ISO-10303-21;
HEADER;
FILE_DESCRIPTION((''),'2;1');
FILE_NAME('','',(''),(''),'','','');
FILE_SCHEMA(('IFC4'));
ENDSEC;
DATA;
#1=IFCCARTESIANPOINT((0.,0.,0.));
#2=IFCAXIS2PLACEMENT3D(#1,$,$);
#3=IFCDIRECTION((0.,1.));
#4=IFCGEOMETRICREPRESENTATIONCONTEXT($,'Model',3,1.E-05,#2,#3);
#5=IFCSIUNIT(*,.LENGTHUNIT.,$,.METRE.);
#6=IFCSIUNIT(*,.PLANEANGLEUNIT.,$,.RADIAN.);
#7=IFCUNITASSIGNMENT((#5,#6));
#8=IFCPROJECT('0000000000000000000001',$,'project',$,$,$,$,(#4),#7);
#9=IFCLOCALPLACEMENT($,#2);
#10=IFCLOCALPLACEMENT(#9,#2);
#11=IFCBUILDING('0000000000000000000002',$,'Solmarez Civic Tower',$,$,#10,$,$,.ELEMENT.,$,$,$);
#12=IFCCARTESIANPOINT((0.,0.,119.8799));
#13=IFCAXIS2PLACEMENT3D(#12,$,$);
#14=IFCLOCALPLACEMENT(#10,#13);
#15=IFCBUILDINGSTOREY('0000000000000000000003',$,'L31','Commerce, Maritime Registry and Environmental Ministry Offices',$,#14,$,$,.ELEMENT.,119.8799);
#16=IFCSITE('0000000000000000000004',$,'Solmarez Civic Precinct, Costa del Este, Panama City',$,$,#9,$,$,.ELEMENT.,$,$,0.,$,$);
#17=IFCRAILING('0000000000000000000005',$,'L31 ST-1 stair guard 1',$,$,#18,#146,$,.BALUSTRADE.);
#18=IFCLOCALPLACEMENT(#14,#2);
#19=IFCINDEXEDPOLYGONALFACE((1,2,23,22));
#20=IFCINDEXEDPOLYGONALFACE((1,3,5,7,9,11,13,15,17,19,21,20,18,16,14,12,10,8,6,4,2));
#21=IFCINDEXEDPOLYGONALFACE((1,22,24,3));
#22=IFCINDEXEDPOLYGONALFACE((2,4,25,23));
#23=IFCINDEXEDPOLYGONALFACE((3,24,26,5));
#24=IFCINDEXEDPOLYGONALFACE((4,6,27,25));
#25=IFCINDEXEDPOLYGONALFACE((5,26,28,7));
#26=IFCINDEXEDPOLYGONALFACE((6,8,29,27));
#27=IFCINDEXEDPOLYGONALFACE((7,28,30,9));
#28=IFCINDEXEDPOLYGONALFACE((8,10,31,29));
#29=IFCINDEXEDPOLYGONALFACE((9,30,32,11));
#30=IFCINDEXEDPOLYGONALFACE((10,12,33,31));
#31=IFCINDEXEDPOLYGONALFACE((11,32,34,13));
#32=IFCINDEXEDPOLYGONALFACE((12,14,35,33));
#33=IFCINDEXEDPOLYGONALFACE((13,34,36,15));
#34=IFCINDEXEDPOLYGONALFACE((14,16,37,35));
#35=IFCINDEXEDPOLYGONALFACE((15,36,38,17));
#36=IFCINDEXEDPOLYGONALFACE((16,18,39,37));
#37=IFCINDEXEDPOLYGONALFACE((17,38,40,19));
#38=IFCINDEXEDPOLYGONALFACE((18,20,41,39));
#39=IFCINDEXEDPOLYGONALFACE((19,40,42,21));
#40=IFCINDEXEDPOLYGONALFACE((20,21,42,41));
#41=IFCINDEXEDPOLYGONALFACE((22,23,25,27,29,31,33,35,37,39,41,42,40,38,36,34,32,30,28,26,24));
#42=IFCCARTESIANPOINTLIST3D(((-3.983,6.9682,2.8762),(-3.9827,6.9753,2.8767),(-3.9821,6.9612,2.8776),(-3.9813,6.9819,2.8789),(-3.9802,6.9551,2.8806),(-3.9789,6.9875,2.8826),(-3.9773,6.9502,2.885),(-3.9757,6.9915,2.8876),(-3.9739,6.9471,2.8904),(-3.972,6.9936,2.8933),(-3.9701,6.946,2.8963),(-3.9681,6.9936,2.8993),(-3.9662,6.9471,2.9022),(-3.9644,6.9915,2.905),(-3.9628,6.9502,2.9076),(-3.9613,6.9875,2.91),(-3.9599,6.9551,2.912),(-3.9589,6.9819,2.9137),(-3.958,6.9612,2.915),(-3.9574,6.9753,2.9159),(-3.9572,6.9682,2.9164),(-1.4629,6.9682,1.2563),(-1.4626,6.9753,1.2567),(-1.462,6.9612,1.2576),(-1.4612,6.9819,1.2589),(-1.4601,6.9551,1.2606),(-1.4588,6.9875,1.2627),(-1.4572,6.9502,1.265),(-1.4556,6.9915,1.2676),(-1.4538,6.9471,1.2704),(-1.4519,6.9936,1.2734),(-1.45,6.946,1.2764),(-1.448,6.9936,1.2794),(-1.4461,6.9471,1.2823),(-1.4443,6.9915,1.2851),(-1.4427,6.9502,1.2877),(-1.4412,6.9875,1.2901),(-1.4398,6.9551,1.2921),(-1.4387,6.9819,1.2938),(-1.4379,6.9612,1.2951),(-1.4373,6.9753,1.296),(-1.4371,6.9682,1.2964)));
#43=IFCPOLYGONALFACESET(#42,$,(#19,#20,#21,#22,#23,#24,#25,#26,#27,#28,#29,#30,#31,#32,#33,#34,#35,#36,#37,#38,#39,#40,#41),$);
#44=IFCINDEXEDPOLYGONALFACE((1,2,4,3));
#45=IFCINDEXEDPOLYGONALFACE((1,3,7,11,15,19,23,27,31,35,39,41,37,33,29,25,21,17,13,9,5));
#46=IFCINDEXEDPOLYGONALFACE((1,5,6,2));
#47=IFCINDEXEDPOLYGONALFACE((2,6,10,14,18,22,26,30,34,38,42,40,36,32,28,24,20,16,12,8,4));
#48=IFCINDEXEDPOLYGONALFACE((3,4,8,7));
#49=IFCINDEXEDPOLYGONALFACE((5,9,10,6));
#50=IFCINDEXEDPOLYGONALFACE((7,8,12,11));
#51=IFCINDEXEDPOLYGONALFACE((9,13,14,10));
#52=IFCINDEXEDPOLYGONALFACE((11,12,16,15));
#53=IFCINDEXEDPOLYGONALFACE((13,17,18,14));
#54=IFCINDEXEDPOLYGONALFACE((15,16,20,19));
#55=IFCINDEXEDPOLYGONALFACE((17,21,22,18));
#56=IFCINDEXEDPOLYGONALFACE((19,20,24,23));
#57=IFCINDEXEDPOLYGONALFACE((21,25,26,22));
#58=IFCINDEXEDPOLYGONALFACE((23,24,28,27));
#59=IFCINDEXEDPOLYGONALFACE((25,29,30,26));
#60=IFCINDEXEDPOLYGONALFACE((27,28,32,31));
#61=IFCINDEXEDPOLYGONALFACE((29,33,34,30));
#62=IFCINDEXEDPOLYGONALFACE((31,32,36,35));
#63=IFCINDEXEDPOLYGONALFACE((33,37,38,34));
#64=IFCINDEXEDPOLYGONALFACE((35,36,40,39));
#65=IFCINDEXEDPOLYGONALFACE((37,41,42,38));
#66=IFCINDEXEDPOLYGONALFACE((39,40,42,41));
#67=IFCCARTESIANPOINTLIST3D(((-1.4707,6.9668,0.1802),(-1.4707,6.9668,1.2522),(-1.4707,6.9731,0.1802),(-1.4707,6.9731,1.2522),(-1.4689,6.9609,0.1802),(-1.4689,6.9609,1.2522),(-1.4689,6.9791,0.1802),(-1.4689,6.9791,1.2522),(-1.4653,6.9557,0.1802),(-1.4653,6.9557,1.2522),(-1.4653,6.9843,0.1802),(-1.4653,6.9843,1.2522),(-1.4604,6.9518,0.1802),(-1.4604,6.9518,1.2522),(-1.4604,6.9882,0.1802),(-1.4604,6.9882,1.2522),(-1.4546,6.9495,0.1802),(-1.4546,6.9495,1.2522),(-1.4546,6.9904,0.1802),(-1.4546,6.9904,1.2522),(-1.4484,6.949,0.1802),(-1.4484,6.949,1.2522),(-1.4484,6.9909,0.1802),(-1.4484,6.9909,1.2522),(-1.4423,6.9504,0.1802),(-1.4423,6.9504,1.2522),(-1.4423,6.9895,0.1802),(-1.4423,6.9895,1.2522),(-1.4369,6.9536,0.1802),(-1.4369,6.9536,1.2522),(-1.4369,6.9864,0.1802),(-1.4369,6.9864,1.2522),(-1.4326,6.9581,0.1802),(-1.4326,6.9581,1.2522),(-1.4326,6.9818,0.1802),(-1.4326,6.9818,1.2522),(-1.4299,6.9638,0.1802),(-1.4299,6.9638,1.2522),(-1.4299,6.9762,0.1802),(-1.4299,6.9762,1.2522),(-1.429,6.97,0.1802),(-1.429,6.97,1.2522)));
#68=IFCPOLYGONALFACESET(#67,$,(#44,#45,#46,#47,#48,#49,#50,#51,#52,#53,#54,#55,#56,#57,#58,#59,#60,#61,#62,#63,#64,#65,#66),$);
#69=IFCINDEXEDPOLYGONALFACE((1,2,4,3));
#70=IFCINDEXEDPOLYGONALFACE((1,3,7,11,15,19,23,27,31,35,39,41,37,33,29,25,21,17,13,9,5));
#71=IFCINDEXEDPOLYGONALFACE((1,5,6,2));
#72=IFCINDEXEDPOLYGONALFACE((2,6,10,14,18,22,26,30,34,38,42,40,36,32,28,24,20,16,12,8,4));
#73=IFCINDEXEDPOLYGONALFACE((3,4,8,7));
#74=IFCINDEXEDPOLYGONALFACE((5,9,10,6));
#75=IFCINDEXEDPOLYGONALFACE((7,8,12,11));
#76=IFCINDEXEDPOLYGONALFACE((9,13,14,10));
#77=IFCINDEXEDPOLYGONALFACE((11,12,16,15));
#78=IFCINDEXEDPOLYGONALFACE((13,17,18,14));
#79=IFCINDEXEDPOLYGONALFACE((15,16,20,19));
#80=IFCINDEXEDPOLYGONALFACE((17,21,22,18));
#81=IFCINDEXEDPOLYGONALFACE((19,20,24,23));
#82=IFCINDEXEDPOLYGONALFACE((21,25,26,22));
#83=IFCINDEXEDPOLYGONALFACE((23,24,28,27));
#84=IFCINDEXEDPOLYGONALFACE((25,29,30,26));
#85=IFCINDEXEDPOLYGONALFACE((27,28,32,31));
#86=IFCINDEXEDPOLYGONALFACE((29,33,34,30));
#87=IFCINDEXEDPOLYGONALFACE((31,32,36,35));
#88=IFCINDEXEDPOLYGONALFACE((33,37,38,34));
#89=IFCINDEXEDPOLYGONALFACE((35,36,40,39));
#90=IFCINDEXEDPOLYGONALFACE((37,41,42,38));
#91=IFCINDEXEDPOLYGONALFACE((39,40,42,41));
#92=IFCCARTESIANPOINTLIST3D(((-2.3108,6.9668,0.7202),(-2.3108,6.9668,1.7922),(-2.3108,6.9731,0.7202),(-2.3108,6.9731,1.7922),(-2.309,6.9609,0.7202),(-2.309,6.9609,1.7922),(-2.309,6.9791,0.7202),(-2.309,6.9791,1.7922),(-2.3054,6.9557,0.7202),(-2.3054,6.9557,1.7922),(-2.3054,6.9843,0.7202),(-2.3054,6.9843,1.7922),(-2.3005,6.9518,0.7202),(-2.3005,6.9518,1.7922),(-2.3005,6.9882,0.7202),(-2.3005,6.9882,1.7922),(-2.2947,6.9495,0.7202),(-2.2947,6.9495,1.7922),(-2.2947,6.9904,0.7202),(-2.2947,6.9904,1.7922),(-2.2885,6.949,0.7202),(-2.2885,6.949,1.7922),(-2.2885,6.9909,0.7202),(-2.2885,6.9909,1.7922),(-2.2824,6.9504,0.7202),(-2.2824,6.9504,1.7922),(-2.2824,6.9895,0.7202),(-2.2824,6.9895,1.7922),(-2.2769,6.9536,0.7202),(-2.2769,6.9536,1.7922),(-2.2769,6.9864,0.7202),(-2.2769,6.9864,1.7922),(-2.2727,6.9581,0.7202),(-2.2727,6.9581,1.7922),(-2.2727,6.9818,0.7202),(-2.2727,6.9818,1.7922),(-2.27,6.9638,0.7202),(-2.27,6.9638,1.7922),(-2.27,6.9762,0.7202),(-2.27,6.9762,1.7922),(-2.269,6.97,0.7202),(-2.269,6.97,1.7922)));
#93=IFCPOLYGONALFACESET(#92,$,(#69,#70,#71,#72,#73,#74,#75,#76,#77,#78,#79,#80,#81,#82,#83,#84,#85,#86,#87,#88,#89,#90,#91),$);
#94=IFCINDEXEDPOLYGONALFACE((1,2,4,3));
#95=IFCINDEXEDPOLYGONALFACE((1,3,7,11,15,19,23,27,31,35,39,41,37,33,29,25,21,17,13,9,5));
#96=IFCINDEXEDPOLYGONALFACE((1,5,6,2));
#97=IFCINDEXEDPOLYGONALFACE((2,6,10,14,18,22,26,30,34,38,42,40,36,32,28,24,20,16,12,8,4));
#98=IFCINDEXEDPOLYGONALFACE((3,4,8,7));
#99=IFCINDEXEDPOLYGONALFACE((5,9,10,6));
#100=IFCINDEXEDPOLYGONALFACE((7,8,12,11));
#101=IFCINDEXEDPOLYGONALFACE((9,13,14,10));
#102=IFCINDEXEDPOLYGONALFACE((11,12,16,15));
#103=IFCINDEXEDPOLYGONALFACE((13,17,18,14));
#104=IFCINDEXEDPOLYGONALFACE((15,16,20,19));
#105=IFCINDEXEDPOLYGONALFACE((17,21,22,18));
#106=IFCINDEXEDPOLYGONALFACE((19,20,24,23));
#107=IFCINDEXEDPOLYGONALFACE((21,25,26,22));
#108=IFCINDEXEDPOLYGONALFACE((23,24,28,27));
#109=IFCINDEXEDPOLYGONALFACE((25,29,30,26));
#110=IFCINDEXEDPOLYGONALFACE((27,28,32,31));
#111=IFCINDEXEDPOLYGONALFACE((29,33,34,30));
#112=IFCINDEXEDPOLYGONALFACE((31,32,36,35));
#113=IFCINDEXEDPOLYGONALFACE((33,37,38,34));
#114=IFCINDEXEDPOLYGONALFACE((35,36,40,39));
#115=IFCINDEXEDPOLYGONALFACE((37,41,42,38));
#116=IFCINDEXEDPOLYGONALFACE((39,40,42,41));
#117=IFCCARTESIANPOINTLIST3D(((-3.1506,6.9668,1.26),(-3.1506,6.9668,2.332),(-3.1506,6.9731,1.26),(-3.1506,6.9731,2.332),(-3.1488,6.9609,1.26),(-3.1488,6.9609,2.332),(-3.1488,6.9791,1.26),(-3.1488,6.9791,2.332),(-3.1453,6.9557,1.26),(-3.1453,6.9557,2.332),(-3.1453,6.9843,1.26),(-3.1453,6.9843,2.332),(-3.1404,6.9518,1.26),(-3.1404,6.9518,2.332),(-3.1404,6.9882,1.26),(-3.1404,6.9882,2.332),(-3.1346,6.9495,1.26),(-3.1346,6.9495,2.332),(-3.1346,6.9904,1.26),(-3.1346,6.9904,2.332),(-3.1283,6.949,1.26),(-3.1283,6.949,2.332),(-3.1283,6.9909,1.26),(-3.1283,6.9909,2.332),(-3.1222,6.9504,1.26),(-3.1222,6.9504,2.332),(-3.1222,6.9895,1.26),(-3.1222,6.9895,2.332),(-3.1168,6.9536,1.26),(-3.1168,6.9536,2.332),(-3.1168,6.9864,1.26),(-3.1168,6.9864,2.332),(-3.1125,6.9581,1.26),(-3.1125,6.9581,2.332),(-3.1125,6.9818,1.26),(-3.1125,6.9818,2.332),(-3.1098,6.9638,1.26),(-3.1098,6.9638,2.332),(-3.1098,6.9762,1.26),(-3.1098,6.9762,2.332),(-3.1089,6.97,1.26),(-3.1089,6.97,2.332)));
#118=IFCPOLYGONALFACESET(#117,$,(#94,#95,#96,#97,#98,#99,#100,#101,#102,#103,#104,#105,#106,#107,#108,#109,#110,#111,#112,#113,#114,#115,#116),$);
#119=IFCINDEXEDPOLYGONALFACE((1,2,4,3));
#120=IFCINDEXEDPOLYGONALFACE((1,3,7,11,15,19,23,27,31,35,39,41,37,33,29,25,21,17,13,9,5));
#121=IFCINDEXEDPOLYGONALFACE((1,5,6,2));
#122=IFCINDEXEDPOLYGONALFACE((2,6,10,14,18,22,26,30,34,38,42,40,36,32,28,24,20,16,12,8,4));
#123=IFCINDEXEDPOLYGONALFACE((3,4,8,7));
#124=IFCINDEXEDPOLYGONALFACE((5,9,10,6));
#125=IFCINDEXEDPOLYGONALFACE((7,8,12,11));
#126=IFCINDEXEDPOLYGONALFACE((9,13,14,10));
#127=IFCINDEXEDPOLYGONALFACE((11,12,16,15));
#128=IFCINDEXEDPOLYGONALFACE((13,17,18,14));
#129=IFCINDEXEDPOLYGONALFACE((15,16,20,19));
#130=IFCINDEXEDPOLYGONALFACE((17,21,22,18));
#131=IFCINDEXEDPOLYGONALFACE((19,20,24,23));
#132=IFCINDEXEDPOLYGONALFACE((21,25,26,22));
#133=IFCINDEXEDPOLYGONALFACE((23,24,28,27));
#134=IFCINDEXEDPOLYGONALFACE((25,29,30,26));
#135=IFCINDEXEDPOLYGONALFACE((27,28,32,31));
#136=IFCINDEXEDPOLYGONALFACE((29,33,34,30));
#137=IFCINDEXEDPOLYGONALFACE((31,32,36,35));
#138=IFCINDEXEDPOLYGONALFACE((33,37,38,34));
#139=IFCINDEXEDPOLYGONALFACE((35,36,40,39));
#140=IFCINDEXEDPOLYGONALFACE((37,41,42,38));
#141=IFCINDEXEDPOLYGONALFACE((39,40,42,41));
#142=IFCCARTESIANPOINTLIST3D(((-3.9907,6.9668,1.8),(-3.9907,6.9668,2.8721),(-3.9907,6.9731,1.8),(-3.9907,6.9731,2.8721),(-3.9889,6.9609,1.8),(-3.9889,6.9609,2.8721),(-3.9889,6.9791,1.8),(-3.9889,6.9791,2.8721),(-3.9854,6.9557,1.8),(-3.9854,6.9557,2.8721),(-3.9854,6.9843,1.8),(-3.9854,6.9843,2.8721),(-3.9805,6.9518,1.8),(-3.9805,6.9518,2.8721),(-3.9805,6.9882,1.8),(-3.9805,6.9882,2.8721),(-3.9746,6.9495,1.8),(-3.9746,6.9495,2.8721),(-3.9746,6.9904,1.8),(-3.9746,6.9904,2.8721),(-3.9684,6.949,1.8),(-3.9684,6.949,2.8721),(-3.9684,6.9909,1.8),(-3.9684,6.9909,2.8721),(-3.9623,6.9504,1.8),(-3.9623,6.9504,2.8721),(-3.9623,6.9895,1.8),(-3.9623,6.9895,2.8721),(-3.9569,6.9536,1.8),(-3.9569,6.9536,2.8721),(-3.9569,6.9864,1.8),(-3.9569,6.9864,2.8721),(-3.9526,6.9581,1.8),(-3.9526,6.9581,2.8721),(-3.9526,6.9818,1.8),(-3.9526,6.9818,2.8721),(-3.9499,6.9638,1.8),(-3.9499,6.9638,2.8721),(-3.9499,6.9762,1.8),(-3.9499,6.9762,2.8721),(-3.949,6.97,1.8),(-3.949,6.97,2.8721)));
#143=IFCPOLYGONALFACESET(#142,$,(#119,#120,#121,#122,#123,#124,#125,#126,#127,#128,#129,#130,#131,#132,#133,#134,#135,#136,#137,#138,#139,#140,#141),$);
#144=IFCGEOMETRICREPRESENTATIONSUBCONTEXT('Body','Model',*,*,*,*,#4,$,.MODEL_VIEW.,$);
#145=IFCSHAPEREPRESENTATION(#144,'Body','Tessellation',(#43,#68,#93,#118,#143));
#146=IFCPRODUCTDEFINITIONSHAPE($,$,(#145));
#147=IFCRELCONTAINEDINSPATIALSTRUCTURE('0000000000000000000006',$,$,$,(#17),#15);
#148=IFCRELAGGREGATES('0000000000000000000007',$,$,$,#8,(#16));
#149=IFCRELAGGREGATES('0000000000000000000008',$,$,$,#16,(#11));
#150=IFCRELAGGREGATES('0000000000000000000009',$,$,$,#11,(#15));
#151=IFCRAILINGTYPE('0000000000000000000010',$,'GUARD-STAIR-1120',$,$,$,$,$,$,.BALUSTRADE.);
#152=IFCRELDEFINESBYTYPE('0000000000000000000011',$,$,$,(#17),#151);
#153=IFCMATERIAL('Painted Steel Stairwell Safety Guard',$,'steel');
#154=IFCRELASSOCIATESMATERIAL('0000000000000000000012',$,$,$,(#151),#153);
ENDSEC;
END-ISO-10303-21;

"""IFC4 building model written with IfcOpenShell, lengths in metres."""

from ifc_helpers import new_model, si_unit, direction, frame, origin, origin_2d, place, context, subcontext, project, spatial, circle, extrude, material, type_object, element, save


model = new_model("IFC4")

# Units and contexts
model_context = context("Model", 3, precision=1e-05, world=origin(), true_north=direction((0.0, 1.0)))
body_context = subcontext(model_context, "Body", "Model", "MODEL_VIEW")
ifc_project = project(units=[si_unit("LENGTHUNIT", "METRE"), si_unit("PLANEANGLEUNIT", "RADIAN")], contexts=[model_context])

# Site, building, storey
site_placement = place(None, origin())
site = spatial("IfcSite", under=ifc_project, at=site_placement, Name="Solmarez Civic Precinct, Costa del Este, Panama City", CompositionType="ELEMENT", RefElevation=0.0)
building_placement = place(site_placement, origin())
building = spatial("IfcBuilding", under=site, at=building_placement, Name="Solmarez Civic Tower", CompositionType="ELEMENT")
storey_placement = place(building_placement, frame((0.0, 0.0, 119.8799)))
storey = spatial("IfcBuildingStorey", under=building, at=storey_placement, Name="L31", Description="Commerce, Maritime Registry and Environmental Ministry Offices", CompositionType="ELEMENT", Elevation=119.8799)

# Railing
ifc_material_1 = material(Name="Painted Steel Stairwell Safety Guard", Category="steel")
railing_type_1 = type_object("IfcRailingType", Name="GUARD-STAIR-1120", PredefinedType="BALUSTRADE", material=ifc_material_1)
railing_1_placement = place(storey_placement, frame((-1.45, 6.97, 0.1802)))
element("IfcRailing", 1, at=railing_1_placement, inside=storey, type_object=railing_type_1, Name="L31 ST-1 stair guard 1", PredefinedType="BALUSTRADE", context=body_context, shape_type="SweptSolid", body=[
    extrude(circle(Radius=0.0239, at=origin_2d()), frame((0.0, 0.0, 1.0962), z_axis=(-0.8412, 0.0, 0.540725), x_axis=(0.0, -1.0, 0.0)), (0.0, 0.0, 1.0), 2.9958),
    extrude(circle(Radius=0.021, at=origin_2d()), origin(), (0.0, 0.0, 1.0), 1.072),
    extrude(circle(Radius=0.021, at=origin_2d()), frame((-0.8401, 0.0, 0.54)), (0.0, 0.0, 1.0), 1.072),
    extrude(circle(Radius=0.021, at=origin_2d()), frame((-1.6799, 0.0, 1.0798)), (0.0, 0.0, 1.0), 1.072),
    extrude(circle(Radius=0.021, at=origin_2d()), frame((-2.52, 0.0, 1.6199)), (0.0, 0.0, 1.0), 1.072),
])

save(model, "model.ifc")
